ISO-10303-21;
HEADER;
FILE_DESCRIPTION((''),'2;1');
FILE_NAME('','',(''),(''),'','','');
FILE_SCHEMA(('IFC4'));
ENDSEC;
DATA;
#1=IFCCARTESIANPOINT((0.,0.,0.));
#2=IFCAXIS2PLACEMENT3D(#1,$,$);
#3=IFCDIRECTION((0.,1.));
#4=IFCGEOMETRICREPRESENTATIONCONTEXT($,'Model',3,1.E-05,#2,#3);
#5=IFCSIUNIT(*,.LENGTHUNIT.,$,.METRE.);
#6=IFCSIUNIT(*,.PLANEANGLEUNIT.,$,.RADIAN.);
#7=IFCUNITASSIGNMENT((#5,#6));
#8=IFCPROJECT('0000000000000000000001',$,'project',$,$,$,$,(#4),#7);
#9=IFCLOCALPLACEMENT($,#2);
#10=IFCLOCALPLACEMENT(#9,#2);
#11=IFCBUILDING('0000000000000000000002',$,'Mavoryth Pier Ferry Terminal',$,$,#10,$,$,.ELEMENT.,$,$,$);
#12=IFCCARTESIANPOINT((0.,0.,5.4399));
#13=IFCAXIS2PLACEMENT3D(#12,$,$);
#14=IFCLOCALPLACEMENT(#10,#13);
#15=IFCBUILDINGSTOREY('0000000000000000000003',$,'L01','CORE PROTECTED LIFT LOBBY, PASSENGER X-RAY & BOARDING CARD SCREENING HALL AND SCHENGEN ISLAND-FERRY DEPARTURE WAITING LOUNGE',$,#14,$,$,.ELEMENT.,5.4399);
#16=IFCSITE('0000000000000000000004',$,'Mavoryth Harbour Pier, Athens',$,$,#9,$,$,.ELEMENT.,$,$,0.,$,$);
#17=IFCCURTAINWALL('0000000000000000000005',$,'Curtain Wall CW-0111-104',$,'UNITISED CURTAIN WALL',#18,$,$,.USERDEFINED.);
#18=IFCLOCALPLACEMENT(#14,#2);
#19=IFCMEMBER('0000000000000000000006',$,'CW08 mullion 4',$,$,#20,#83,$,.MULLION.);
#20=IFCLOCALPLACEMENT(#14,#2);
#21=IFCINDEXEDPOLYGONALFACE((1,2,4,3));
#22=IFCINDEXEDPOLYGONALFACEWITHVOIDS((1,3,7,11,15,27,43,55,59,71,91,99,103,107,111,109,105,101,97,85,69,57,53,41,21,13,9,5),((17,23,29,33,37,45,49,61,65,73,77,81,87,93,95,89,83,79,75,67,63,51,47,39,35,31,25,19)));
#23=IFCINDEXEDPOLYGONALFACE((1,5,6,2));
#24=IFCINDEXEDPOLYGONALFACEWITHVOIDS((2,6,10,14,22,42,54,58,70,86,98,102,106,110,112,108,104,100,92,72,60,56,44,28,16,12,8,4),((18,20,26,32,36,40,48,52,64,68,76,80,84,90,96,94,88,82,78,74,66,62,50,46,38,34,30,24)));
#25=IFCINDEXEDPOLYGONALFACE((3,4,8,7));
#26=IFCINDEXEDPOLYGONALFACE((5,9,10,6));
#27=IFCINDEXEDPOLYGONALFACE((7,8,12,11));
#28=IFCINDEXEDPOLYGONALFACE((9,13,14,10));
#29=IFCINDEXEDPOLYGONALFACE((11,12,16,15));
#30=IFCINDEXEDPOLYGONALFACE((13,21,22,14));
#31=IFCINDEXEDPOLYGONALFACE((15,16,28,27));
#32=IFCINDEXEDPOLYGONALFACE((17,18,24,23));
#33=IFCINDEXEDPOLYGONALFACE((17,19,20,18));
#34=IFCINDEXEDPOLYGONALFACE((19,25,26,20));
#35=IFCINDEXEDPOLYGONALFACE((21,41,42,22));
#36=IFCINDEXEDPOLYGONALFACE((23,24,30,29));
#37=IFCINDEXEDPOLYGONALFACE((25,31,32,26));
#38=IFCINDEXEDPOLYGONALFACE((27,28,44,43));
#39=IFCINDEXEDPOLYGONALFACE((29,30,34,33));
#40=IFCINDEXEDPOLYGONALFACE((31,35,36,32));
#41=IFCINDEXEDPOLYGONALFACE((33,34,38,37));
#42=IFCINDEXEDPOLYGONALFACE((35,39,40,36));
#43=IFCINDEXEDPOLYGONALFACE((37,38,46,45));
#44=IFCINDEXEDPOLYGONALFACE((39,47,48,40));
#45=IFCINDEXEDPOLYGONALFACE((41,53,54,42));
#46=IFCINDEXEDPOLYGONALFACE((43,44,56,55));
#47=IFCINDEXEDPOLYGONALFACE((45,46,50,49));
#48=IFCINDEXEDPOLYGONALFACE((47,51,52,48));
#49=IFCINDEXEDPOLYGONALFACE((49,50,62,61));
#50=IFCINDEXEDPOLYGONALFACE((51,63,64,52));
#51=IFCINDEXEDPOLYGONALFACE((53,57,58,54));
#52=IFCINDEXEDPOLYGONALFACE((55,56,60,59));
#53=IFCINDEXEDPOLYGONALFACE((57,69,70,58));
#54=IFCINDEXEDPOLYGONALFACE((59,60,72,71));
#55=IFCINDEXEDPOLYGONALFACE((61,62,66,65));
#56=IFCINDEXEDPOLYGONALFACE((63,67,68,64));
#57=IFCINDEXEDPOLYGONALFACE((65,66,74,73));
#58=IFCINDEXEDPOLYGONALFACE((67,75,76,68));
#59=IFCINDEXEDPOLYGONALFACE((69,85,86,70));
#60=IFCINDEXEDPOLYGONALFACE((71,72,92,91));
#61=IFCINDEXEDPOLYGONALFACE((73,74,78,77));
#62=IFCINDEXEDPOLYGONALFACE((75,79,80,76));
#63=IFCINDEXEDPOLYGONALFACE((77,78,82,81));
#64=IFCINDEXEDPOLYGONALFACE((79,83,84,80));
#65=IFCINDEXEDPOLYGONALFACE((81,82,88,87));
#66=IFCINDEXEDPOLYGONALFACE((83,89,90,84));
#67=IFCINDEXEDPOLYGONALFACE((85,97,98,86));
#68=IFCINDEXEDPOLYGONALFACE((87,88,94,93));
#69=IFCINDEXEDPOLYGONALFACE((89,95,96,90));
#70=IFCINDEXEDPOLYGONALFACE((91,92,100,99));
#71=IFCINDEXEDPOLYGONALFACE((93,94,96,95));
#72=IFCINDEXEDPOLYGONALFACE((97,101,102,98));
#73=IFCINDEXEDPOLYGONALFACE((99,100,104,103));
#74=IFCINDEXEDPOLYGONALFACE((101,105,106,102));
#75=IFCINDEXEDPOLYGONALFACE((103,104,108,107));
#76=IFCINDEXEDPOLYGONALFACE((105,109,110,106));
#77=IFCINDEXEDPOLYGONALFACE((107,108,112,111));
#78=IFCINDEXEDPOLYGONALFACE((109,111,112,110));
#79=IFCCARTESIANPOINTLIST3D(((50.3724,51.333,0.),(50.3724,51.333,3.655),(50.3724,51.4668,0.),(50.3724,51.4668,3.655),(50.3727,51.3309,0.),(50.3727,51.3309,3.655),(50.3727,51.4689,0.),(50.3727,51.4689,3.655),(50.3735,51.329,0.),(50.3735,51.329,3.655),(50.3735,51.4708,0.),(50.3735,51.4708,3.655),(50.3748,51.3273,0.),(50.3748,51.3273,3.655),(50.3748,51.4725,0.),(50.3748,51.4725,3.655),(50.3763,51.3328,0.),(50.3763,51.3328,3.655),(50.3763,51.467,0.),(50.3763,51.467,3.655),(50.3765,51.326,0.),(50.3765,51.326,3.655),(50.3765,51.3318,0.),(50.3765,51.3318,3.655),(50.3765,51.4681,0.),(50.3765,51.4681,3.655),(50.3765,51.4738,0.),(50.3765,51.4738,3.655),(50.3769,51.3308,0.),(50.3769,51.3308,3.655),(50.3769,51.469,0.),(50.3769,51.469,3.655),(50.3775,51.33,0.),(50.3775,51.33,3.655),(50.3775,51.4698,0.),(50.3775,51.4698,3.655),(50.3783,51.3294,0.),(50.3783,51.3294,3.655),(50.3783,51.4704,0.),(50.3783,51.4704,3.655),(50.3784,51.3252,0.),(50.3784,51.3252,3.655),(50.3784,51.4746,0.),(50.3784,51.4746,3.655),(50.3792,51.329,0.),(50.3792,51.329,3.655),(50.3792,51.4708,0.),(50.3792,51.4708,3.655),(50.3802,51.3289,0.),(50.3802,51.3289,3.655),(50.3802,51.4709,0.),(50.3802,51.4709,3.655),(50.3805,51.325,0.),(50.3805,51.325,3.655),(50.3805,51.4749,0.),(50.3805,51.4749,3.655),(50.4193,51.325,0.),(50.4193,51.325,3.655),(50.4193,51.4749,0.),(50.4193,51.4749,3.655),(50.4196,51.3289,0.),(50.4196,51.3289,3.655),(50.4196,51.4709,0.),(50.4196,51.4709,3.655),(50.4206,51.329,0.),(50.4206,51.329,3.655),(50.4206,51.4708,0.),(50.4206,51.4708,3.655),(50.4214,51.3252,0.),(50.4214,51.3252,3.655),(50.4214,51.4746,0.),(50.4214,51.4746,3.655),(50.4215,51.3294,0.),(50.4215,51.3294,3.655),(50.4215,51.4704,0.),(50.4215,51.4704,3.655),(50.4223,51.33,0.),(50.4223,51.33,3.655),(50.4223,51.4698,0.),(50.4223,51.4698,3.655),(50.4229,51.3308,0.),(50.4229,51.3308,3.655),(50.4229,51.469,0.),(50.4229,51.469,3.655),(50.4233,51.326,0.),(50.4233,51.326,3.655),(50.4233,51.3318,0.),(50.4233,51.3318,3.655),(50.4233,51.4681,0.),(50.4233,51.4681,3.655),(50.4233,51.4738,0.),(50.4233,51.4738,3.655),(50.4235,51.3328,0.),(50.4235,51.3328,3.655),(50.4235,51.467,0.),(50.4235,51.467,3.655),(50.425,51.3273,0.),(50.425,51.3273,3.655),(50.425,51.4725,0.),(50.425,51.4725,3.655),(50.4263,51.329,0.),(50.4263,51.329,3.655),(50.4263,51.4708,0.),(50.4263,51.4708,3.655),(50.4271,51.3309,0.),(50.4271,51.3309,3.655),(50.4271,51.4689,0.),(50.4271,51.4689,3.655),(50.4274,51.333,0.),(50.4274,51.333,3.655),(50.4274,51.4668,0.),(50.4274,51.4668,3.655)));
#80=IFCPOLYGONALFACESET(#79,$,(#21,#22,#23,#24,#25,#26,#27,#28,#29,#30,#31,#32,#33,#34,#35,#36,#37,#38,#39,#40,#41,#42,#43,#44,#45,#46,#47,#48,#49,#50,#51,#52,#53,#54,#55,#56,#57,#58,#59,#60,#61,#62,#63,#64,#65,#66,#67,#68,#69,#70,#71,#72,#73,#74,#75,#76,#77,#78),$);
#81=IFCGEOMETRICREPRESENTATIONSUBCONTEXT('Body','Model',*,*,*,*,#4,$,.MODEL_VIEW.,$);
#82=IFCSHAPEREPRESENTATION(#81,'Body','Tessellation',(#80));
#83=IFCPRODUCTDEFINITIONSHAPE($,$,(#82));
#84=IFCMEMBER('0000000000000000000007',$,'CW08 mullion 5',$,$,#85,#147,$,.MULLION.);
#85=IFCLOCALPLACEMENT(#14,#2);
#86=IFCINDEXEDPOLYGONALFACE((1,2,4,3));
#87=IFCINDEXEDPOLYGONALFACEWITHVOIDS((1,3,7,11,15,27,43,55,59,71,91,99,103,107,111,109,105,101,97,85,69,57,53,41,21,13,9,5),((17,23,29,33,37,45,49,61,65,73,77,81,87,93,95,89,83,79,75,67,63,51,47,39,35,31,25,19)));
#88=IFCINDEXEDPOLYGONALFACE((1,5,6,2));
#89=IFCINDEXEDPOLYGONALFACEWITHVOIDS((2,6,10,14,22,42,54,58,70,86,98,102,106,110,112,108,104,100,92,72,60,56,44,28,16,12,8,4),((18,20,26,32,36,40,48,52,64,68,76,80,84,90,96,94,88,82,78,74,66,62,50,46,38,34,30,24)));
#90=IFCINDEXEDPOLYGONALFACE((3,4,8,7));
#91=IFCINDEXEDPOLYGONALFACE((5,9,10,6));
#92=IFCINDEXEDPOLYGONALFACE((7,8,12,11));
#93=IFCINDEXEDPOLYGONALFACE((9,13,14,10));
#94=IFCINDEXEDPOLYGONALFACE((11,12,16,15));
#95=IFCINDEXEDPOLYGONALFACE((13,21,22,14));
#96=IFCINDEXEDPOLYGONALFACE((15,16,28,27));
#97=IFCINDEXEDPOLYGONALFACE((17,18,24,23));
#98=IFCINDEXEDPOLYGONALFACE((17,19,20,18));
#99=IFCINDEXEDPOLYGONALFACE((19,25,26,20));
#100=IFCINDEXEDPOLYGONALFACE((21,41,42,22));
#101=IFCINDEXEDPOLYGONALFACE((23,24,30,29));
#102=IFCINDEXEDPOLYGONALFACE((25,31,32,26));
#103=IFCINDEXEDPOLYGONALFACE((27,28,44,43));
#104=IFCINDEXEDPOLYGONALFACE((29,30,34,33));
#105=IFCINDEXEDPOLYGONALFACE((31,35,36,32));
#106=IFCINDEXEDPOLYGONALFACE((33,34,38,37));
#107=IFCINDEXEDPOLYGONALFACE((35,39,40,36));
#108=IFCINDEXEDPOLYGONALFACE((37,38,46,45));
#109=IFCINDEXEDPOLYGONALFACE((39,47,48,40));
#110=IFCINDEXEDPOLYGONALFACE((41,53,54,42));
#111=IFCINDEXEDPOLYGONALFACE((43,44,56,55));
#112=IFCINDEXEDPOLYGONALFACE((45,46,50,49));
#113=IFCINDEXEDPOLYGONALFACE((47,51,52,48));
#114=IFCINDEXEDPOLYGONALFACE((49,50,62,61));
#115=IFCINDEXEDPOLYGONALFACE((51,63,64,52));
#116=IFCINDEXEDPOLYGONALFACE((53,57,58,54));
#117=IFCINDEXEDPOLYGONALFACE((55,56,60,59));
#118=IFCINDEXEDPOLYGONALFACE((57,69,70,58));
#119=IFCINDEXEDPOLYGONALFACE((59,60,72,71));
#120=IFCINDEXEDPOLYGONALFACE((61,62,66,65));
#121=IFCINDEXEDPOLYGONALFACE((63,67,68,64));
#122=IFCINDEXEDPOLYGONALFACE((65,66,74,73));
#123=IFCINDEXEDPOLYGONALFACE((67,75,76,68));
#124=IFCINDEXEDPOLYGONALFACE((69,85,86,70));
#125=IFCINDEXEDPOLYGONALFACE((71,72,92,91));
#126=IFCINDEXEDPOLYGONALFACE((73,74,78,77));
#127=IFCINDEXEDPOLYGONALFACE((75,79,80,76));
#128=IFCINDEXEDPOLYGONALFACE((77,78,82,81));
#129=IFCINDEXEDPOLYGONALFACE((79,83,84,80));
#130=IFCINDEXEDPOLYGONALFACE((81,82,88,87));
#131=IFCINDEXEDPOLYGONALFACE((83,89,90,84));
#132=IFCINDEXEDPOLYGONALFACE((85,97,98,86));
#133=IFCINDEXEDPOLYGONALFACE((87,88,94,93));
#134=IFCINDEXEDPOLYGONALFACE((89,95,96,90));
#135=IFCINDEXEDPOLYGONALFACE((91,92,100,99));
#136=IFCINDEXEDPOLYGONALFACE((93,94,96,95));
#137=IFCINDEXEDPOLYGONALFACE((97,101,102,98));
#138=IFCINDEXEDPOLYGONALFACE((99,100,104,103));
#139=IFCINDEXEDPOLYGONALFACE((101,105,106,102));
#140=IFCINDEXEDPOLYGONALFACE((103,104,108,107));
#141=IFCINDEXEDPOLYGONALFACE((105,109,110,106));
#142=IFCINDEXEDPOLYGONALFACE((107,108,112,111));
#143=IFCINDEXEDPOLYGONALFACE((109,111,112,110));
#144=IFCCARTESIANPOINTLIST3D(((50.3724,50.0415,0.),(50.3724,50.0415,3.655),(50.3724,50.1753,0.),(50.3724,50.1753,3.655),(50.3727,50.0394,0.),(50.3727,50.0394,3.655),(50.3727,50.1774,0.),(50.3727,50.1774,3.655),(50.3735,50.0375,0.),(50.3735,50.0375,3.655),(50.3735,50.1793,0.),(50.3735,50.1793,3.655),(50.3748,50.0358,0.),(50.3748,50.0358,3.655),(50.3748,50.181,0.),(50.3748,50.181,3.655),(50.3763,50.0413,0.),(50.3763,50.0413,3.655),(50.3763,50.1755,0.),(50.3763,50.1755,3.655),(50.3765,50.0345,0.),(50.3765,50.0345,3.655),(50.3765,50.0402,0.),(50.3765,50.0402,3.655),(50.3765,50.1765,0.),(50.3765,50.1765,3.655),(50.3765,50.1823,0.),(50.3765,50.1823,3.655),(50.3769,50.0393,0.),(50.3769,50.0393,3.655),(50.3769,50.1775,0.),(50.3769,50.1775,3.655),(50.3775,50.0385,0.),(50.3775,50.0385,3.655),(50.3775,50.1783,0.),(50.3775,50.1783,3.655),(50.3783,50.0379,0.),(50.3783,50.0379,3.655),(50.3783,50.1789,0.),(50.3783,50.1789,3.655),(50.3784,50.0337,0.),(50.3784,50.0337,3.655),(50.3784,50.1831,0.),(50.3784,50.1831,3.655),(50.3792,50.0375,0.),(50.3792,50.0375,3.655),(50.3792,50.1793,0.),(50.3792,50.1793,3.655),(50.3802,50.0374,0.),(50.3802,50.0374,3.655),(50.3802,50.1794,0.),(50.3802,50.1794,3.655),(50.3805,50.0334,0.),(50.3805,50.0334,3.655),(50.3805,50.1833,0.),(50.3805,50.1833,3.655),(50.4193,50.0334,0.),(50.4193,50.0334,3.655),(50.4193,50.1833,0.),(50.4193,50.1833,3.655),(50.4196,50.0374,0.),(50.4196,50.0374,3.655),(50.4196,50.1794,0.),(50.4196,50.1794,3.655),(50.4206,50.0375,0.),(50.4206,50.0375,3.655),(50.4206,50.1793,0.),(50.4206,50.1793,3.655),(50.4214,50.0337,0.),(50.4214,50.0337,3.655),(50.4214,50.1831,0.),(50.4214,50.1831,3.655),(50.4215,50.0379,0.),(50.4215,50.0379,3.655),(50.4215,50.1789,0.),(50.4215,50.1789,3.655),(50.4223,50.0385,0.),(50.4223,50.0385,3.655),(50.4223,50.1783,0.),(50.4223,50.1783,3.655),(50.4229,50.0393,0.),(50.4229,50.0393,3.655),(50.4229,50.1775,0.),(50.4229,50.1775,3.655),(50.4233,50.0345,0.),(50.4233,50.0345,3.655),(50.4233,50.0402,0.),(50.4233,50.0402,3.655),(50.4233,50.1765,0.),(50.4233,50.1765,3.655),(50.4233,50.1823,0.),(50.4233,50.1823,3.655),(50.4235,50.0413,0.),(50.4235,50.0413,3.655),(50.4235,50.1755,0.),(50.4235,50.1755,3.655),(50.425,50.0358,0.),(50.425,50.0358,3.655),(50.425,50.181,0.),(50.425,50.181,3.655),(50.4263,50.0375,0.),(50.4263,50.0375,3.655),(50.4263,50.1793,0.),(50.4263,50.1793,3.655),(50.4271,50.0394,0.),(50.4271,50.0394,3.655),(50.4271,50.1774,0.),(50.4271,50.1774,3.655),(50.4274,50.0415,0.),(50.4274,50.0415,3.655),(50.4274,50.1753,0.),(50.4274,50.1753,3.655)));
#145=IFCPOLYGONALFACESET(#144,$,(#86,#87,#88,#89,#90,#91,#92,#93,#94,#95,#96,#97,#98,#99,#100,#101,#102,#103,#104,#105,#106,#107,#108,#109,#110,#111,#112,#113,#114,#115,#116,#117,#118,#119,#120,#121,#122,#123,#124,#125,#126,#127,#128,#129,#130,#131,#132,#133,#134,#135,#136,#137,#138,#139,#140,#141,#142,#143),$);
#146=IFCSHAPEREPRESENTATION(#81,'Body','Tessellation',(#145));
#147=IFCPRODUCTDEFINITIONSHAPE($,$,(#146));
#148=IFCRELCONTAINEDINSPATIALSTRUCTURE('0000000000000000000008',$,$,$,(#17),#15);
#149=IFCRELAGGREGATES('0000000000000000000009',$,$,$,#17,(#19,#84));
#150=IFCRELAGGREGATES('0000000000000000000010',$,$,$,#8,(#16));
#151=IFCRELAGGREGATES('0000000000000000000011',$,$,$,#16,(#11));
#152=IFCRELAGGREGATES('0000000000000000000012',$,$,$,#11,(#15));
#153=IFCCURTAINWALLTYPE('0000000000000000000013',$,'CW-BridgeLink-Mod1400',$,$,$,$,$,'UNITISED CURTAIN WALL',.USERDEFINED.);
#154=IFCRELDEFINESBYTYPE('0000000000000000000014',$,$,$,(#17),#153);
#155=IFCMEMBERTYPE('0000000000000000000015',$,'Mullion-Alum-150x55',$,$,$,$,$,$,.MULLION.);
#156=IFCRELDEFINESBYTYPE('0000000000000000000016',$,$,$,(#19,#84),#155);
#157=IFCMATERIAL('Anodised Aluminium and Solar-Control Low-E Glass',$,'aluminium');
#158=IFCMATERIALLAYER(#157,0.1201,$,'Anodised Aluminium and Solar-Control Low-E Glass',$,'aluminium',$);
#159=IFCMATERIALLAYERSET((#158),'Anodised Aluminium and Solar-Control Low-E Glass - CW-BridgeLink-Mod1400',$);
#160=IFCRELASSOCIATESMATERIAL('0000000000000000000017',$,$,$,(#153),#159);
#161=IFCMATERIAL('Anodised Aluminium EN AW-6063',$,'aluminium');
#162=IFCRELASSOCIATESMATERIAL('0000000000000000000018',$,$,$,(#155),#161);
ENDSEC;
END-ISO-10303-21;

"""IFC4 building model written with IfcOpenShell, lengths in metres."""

from ifc_helpers import new_model, si_unit, direction, frame, origin, origin_2d, place, context, subcontext, project, spatial, hollow_rectangle, extrude, material, layer, layer_set, material_profile, profile_set, type_object, element, aggregate, save


model = new_model("IFC4")

# Units and contexts
model_context = context("Model", 3, precision=1e-05, world=origin(), true_north=direction((0.0, 1.0)))
body_context = subcontext(model_context, "Body", "Model", "MODEL_VIEW")
ifc_project = project(units=[si_unit("LENGTHUNIT", "METRE"), si_unit("PLANEANGLEUNIT", "RADIAN")], contexts=[model_context])

# Site, building, storey
site_placement = place(None, origin())
site = spatial("IfcSite", under=ifc_project, at=site_placement, Name="Mavoryth Harbour Pier, Athens", CompositionType="ELEMENT", RefElevation=0.0)
building_placement = place(site_placement, origin())
building = spatial("IfcBuilding", under=site, at=building_placement, Name="Mavoryth Pier Ferry Terminal", CompositionType="ELEMENT")
storey_placement = place(building_placement, frame((0.0, 0.0, 5.4399)))
storey = spatial("IfcBuildingStorey", under=building, at=storey_placement, Name="L01", Description="CORE PROTECTED LIFT LOBBY, PASSENGER X-RAY & BOARDING CARD SCREENING HALL AND SCHENGEN ISLAND-FERRY DEPARTURE WAITING LOUNGE", CompositionType="ELEMENT", Elevation=5.4399)

# Curtain wall, members
ifc_material_1 = material(Name="Anodised Aluminium and Solar-Control Low-E Glass", Category="aluminium")
ifc_layer_1 = layer(ifc_material_1, 0.1201, Name="Anodised Aluminium and Solar-Control Low-E Glass", Category="aluminium")
ifc_layer_set_1 = layer_set([ifc_layer_1], Name="Anodised Aluminium and Solar-Control Low-E Glass - CW-BridgeLink-Mod1400")
curtain_wall_type = type_object("IfcCurtainWallType", Name="CW-BridgeLink-Mod1400", ElementType="UNITISED CURTAIN WALL", PredefinedType="USERDEFINED", material=ifc_layer_set_1)
curtain_wall_placement = place(storey_placement, origin())
curtain_wall = element("IfcCurtainWall", 1, at=curtain_wall_placement, inside=storey, type_object=curtain_wall_type, Name="Curtain Wall CW-0111-104", ObjectType="UNITISED CURTAIN WALL", PredefinedType="USERDEFINED")
ifc_material_2 = material(Name="Anodised Aluminium EN AW-6063", Category="aluminium")
ifc_material_profile_1 = material_profile(ifc_material_2, hollow_rectangle(XDim=0.0549, YDim=0.1499, WallThickness=0.0039, InnerFilletRadius=0.0039, OuterFilletRadius=0.0081, at=origin_2d()), Name="AL-MULL 150x55x4", Category="aluminium")
ifc_profile_set_1 = profile_set([ifc_material_profile_1], Name="Anodised Aluminium EN AW-6063 - AL-MULL 150x55x4")
member_type_1 = type_object("IfcMemberType", Name="Mullion-Alum-150x55", PredefinedType="MULLION", material=ifc_profile_set_1)
member_1_placement = place(storey_placement, frame((50.3999, 51.3999, 0.0), z_axis=(0.0, 0.0, 1.0), x_axis=(1.0, 0.0, 0.0)))
member_1 = element("IfcMember", 2, at=member_1_placement, type_object=member_type_1, Name="CW08 mullion 4", PredefinedType="MULLION", context=body_context, shape_type="SweptSolid", body=[
    extrude(hollow_rectangle(XDim=0.0549, YDim=0.1499, WallThickness=0.0039, InnerFilletRadius=0.0039, OuterFilletRadius=0.0081, at=origin_2d()), origin(), (0.0, 0.0, 1.0), 3.655),
])
member_2_placement = place(storey_placement, frame((50.3999, 50.1084, 0.0), z_axis=(0.0, 0.0, 1.0), x_axis=(1.0, 0.0, 0.0)))
member_2 = element("IfcMember", 3, at=member_2_placement, type_object=member_type_1, Name="CW08 mullion 5", PredefinedType="MULLION", context=body_context, shape_type="SweptSolid", body=[
    extrude(hollow_rectangle(XDim=0.0549, YDim=0.1499, WallThickness=0.0039, InnerFilletRadius=0.0039, OuterFilletRadius=0.0081, at=origin_2d()), origin(), (0.0, 0.0, 1.0), 3.655),
])
aggregate(curtain_wall, [member_1, member_2])

save(model, "model.ifc")
